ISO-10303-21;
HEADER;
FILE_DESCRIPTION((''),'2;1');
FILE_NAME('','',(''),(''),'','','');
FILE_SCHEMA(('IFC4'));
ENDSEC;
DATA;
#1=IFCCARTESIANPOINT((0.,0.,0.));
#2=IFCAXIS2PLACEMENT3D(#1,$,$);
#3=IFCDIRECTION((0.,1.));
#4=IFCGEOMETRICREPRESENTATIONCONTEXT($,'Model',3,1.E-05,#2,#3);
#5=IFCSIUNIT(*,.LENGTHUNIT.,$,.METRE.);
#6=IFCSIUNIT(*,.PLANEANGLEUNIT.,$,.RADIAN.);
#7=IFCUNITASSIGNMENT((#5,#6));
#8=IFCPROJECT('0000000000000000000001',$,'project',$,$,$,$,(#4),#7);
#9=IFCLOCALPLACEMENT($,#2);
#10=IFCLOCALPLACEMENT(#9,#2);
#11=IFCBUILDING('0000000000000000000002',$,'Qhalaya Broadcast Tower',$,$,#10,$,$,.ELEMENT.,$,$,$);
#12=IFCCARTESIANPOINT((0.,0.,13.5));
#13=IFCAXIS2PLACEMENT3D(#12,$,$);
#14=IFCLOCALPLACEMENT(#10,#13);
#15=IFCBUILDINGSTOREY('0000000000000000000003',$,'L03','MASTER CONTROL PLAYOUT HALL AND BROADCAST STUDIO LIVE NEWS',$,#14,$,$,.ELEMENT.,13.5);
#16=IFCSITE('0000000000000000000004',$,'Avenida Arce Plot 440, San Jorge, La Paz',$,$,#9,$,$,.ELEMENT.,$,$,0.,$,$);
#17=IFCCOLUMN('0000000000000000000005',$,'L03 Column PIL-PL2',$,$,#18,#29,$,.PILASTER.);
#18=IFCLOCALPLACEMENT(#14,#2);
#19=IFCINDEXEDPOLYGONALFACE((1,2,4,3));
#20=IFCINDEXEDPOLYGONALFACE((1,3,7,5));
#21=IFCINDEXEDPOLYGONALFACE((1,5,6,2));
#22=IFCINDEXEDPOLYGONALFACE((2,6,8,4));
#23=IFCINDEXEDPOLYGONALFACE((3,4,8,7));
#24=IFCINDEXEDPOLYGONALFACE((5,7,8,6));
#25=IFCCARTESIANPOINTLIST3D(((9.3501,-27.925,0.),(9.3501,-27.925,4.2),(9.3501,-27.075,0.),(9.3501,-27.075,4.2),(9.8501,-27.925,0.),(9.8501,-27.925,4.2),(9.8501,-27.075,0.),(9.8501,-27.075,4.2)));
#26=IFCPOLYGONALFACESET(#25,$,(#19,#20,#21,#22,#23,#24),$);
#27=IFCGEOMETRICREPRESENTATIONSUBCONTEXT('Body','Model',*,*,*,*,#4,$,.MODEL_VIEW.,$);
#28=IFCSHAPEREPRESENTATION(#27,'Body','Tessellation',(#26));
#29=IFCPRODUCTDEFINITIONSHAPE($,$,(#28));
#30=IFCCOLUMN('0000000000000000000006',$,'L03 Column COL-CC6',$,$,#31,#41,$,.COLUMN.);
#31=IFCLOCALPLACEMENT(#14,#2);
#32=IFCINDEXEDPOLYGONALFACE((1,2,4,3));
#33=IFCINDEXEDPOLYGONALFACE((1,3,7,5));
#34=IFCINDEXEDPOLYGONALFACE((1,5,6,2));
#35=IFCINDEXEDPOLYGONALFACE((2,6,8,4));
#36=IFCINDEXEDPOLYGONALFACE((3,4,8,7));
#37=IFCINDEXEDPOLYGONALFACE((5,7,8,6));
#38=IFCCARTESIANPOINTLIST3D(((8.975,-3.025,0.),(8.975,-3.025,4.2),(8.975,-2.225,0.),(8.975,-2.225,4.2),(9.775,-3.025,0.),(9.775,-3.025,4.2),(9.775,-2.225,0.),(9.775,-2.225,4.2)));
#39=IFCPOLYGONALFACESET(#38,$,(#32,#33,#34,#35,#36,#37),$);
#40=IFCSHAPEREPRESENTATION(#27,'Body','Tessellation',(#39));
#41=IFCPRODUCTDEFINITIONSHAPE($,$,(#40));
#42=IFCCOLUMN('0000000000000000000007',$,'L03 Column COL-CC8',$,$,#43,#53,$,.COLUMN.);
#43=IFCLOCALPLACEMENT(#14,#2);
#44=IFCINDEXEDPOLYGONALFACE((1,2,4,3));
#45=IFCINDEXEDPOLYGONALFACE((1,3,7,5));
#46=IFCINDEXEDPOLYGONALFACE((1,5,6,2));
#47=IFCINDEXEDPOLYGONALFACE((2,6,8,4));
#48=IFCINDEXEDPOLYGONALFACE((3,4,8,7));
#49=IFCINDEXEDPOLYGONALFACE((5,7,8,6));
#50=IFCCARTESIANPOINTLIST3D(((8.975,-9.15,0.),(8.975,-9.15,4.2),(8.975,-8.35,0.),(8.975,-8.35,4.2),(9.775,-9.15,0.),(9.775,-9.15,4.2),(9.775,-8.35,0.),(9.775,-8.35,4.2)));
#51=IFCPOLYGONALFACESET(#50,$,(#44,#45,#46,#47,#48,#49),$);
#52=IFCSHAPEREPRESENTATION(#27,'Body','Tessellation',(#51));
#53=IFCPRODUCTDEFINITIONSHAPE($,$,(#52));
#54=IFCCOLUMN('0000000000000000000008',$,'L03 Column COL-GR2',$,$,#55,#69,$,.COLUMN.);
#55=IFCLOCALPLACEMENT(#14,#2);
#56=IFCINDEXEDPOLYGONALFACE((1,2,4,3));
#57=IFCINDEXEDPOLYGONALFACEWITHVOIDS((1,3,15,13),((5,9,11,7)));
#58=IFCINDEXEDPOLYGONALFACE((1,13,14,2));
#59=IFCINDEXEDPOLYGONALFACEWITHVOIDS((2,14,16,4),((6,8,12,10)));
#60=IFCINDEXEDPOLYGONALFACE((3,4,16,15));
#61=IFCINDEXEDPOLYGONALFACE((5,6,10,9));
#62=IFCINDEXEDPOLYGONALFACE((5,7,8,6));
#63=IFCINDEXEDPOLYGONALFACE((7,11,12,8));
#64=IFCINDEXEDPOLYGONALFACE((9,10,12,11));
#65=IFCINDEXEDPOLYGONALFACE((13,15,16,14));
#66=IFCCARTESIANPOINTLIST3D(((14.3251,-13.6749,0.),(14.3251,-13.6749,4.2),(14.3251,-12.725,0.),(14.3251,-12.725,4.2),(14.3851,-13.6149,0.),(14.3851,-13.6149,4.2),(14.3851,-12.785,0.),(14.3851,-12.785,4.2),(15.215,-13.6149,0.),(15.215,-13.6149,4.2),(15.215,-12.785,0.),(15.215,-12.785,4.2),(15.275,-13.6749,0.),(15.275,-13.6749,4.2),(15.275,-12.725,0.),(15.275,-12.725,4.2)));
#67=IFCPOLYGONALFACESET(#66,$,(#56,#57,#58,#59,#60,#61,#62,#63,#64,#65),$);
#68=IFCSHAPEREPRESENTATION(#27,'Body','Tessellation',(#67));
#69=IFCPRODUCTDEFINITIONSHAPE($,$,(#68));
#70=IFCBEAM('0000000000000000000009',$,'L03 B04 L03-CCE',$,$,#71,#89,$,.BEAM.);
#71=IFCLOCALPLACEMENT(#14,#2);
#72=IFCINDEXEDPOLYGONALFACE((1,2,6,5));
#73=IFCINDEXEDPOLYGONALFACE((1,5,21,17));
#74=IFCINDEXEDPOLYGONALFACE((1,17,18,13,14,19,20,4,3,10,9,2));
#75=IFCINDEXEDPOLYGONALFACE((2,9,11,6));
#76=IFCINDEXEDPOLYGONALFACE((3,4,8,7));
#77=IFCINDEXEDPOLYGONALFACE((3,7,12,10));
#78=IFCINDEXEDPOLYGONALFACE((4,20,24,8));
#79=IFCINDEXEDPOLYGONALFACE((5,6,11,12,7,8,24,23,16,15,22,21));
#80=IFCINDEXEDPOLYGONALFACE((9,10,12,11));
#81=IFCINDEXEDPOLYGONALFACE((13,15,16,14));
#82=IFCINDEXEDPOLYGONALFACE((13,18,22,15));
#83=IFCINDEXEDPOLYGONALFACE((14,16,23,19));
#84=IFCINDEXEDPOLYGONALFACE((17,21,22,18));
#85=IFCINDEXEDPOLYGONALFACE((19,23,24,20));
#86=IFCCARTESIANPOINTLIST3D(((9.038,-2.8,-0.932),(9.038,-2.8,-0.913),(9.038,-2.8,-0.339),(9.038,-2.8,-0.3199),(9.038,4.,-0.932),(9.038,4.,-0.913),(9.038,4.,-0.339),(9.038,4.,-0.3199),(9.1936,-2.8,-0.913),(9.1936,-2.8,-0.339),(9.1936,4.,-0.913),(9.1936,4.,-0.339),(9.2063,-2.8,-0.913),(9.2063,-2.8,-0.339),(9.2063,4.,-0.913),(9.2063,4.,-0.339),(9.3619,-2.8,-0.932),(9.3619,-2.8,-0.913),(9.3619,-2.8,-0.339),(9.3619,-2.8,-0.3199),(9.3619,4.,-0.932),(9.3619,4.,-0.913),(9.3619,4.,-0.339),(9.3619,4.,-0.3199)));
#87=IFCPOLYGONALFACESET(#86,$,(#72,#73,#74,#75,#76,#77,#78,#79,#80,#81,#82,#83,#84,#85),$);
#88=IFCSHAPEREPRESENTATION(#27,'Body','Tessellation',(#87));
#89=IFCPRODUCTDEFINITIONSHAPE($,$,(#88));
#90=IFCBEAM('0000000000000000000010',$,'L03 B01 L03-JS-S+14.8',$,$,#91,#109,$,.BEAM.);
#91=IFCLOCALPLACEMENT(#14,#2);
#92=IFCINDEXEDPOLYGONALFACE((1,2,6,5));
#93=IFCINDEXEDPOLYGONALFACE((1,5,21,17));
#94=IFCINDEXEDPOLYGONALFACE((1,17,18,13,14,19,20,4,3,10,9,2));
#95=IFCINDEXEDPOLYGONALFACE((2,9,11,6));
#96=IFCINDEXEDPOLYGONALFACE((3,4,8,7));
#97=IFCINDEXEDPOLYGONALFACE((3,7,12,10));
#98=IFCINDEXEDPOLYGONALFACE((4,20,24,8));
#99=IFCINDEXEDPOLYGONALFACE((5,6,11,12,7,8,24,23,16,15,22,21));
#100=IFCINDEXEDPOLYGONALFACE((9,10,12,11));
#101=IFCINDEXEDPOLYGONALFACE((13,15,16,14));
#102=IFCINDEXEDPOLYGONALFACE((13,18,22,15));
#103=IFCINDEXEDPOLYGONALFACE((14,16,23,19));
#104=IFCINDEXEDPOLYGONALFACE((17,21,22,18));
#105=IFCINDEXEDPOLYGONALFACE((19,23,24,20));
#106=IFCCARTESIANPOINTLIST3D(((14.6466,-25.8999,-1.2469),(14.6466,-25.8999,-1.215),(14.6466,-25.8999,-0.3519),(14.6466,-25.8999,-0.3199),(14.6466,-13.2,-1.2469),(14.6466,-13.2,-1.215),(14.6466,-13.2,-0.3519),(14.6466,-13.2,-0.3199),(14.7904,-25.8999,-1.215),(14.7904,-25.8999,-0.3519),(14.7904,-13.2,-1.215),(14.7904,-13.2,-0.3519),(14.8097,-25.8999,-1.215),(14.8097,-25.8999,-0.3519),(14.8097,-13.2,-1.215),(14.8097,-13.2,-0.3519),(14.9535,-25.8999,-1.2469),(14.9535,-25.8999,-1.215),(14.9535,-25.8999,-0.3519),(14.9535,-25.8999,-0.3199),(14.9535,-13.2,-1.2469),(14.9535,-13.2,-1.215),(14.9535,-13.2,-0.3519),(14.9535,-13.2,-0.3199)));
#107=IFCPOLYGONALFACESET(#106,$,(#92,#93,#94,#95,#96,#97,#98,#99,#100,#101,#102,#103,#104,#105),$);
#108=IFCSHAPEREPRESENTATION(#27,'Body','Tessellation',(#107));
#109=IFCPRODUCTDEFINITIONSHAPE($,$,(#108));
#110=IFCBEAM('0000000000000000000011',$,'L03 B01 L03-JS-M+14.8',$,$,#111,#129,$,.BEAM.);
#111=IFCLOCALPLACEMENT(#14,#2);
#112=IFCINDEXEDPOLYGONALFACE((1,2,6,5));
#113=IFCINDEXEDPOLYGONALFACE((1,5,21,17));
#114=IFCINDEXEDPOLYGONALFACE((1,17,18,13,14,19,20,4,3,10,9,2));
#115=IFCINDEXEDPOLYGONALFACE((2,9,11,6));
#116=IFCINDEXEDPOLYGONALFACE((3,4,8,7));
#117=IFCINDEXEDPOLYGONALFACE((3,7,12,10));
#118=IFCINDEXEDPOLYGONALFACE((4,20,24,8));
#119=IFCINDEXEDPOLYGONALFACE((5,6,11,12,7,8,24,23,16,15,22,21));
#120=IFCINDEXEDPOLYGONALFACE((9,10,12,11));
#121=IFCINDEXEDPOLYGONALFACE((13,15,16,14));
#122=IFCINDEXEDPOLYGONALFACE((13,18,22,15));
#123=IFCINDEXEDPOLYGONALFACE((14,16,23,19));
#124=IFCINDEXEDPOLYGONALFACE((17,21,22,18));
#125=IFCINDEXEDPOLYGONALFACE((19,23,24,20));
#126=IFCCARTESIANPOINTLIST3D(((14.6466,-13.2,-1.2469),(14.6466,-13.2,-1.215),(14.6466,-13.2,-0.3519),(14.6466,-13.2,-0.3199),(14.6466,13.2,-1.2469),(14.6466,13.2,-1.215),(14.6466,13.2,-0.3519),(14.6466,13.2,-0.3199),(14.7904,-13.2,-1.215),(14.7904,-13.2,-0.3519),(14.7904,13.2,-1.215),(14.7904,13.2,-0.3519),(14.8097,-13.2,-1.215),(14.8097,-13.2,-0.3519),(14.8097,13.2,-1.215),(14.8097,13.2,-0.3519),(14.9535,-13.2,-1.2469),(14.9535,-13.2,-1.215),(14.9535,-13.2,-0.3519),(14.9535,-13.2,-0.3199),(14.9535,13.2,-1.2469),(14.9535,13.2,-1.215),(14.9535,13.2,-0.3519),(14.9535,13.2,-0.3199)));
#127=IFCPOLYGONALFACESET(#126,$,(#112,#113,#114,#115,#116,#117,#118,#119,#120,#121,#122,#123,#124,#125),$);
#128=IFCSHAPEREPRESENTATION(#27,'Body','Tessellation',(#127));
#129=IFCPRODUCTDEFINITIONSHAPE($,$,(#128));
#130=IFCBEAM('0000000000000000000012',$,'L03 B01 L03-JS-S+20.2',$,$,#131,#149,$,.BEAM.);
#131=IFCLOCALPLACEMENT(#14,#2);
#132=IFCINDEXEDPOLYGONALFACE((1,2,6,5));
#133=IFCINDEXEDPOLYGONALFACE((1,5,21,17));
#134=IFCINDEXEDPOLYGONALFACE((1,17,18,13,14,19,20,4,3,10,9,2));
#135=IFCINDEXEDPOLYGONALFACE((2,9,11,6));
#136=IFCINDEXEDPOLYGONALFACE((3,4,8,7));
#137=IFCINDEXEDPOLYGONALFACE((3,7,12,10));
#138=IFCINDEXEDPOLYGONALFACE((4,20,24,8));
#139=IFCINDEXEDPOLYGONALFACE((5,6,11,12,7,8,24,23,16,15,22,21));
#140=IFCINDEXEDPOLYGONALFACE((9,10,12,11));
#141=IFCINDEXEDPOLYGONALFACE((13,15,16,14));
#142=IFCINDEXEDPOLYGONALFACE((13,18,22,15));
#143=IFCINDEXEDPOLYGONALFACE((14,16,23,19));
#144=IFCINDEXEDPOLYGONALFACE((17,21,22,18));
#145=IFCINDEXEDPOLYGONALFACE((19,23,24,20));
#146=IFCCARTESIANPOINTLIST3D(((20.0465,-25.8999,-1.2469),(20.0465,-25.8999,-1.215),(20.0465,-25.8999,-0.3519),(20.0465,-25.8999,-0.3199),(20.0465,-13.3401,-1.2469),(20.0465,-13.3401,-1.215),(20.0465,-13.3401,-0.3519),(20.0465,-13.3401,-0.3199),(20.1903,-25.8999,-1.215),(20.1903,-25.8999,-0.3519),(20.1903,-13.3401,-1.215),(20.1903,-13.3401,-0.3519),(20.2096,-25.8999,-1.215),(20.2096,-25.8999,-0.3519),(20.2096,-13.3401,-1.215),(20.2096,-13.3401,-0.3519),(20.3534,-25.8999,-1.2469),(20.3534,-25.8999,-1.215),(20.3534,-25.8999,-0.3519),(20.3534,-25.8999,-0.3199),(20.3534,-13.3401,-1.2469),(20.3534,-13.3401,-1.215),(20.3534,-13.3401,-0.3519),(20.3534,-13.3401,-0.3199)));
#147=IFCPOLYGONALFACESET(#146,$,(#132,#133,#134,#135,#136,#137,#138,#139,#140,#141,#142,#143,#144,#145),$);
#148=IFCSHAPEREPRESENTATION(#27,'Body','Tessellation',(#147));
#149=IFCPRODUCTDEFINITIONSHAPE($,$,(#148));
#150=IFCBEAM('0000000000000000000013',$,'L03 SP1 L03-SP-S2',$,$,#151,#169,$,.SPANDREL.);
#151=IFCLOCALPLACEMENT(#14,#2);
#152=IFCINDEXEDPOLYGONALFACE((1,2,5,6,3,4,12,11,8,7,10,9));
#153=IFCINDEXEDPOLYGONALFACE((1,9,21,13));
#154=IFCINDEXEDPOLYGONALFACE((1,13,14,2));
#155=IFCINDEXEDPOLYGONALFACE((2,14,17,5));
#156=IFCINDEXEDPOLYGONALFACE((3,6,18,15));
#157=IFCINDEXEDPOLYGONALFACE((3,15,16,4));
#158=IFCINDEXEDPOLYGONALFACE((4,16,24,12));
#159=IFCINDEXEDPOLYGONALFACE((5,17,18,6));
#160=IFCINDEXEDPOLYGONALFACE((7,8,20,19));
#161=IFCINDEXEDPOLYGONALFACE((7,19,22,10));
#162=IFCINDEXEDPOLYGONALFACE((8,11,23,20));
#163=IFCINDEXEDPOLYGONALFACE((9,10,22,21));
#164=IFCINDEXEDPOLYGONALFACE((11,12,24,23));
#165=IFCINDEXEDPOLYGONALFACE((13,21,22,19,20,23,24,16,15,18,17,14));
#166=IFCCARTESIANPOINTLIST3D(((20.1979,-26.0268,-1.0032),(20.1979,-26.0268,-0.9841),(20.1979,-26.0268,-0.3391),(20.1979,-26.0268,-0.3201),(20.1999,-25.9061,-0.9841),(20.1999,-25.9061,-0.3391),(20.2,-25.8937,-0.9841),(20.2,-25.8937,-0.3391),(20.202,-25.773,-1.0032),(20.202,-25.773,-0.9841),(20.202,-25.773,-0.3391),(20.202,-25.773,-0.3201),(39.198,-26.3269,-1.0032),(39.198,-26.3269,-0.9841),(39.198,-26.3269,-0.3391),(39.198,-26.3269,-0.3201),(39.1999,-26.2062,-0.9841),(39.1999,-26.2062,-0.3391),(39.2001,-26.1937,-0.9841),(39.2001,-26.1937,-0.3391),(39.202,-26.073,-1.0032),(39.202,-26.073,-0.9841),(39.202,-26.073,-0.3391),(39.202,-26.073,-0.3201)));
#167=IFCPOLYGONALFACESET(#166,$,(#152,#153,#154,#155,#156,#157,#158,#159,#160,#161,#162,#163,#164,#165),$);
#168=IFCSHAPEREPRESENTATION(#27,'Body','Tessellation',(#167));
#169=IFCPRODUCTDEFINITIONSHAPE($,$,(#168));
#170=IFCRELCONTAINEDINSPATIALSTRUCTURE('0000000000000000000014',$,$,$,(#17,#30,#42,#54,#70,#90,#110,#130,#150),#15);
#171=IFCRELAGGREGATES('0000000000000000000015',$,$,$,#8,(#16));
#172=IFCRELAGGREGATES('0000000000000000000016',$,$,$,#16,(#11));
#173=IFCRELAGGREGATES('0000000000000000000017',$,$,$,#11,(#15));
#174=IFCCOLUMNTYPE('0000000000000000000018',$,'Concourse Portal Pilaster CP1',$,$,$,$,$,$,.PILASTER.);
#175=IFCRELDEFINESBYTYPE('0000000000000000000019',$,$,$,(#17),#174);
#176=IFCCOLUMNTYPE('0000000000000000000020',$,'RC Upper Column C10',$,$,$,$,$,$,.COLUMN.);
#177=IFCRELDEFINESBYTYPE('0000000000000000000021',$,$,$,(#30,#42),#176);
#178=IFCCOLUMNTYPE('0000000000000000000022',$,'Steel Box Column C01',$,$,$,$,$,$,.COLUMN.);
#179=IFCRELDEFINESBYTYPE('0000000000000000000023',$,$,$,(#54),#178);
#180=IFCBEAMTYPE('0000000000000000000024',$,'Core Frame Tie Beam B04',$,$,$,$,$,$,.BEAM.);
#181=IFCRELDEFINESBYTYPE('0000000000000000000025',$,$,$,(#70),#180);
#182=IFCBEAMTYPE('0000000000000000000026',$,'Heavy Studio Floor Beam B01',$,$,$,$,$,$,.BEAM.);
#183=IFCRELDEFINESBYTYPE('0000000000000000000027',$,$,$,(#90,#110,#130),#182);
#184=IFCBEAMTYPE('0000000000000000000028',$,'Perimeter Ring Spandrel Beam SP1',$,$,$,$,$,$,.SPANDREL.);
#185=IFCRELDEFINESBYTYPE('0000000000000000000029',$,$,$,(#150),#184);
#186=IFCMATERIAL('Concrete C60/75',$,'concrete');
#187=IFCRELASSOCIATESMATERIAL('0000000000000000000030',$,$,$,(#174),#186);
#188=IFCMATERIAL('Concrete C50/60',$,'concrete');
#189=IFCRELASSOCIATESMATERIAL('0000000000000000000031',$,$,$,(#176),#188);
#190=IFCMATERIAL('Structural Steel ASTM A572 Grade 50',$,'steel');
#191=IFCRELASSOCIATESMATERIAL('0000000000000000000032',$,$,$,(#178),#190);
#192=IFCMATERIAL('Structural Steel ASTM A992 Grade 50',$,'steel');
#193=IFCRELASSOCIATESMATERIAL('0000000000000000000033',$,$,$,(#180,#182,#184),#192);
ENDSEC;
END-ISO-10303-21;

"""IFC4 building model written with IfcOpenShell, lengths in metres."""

from ifc_helpers import new_model, si_unit, direction, frame, origin, origin_2d, place, context, subcontext, project, spatial, rectangle, hollow_rectangle, i_section, extrude, material, material_profile, profile_set, type_object, element, save


model = new_model("IFC4")

# Units and contexts
model_context = context("Model", 3, precision=1e-05, world=origin(), true_north=direction((0.0, 1.0)))
body_context = subcontext(model_context, "Body", "Model", "MODEL_VIEW")
ifc_project = project(units=[si_unit("LENGTHUNIT", "METRE"), si_unit("PLANEANGLEUNIT", "RADIAN")], contexts=[model_context])

# Site, building, storey
site_placement = place(None, origin())
site = spatial("IfcSite", under=ifc_project, at=site_placement, Name="Avenida Arce Plot 440, San Jorge, La Paz", CompositionType="ELEMENT", RefElevation=0.0)
building_placement = place(site_placement, origin())
building = spatial("IfcBuilding", under=site, at=building_placement, Name="Qhalaya Broadcast Tower", CompositionType="ELEMENT")
storey_placement = place(building_placement, frame((0.0, 0.0, 13.5)))
storey = spatial("IfcBuildingStorey", under=building, at=storey_placement, Name="L03", Description="MASTER CONTROL PLAYOUT HALL AND BROADCAST STUDIO LIVE NEWS", CompositionType="ELEMENT", Elevation=13.5)

# Columns
ifc_material_1 = material(Name="Concrete C60/75", Category="concrete")
ifc_material_profile_1 = material_profile(ifc_material_1, rectangle(XDim=0.5, YDim=0.8501, at=origin_2d()), Name="RC-PIL 500x850")
ifc_profile_set_1 = profile_set([ifc_material_profile_1], Name="Concrete C60/75")
column_type_1 = type_object("IfcColumnType", Name="Concourse Portal Pilaster CP1", PredefinedType="PILASTER", material=ifc_profile_set_1)
column_1_placement = place(storey_placement, frame((9.6001, -27.5, 0.0), z_axis=(0.0, 0.0, 1.0), x_axis=(1.0, 0.0, 0.0)))
element("IfcColumn", 1, at=column_1_placement, inside=storey, type_object=column_type_1, Name="L03 Column PIL-PL2", PredefinedType="PILASTER", context=body_context, shape_type="SweptSolid", body=[
    extrude(rectangle(XDim=0.5, YDim=0.8501, at=origin_2d()), origin(), (0.0, 0.0, 1.0), 4.2),
])
ifc_material_2 = material(Name="Concrete C50/60", Category="concrete")
ifc_material_profile_2 = material_profile(ifc_material_2, rectangle(XDim=0.8, YDim=0.8, at=origin_2d()), Name="RC-COL 800x800")
ifc_profile_set_2 = profile_set([ifc_material_profile_2], Name="Concrete C50/60")
column_type_2 = type_object("IfcColumnType", Name="RC Upper Column C10", PredefinedType="COLUMN", material=ifc_profile_set_2)
for number, where, z_axis, x_axis, name in (
    (2, (9.375, -2.625, 0.0), (0.0, 0.0, 1.0), (1.0, 0.0, 0.0), "L03 Column COL-CC6"),
    (3, (9.375, -8.75, 0.0), (0.0, 0.0, 1.0), (1.0, 0.0, 0.0), "L03 Column COL-CC8"),
):
    element("IfcColumn", number, at=place(storey_placement, frame(where, z_axis=z_axis, x_axis=x_axis)), inside=storey, type_object=column_type_2, Name=name, PredefinedType="COLUMN", context=body_context, shape_type="SweptSolid", body=[
        extrude(rectangle(XDim=0.8, YDim=0.8, at=origin_2d()), origin(), (0.0, 0.0, 1.0), 4.2),
    ])
ifc_material_3 = material(Name="Structural Steel ASTM A572 Grade 50", Category="steel")
ifc_material_profile_3 = material_profile(ifc_material_3, hollow_rectangle(XDim=0.95, YDim=0.95, WallThickness=0.0601, at=origin_2d()), Name="BOX 950x950x60")
ifc_profile_set_3 = profile_set([ifc_material_profile_3], Name="Structural Steel ASTM A572 Grade 50")
column_type_3 = type_object("IfcColumnType", Name="Steel Box Column C01", PredefinedType="COLUMN", material=ifc_profile_set_3)
column_2_placement = place(storey_placement, frame((14.8, -13.2, 0.0), z_axis=(0.0, 0.0, 1.0), x_axis=(1.0, 0.0, 0.0)))
element("IfcColumn", 4, at=column_2_placement, inside=storey, type_object=column_type_3, Name="L03 Column COL-GR2", PredefinedType="COLUMN", context=body_context, shape_type="SweptSolid", body=[
    extrude(hollow_rectangle(XDim=0.95, YDim=0.95, WallThickness=0.0601, at=origin_2d()), origin(), (0.0, 0.0, 1.0), 4.2),
])

# Beams
ifc_material_4 = material(Name="Structural Steel ASTM A992 Grade 50", Category="steel")
ifc_material_profile_4 = material_profile(ifc_material_4, i_section(OverallWidth=0.324, OverallDepth=0.6121, WebThickness=0.0127, FlangeThickness=0.019, at=origin_2d()), Name="W24X104")
ifc_profile_set_4 = profile_set([ifc_material_profile_4], Name="Structural Steel ASTM A992 Grade 50")
beam_type_1 = type_object("IfcBeamType", Name="Core Frame Tie Beam B04", PredefinedType="BEAM", material=ifc_profile_set_4)
beam_1_placement = place(storey_placement, frame((9.2, -2.8, -0.626), z_axis=(0.0, 1.0, 0.0), x_axis=(-1.0, 0.0, 0.0)))
element("IfcBeam", 5, at=beam_1_placement, inside=storey, type_object=beam_type_1, Name="L03 B04 L03-CCE", PredefinedType="BEAM", context=body_context, shape_type="SweptSolid", body=[
    extrude(i_section(OverallWidth=0.324, OverallDepth=0.6121, WebThickness=0.0127, FlangeThickness=0.019, at=origin_2d()), origin(), (0.0, 0.0, 1.0), 6.8),
])
ifc_material_profile_5 = material_profile(ifc_material_4, i_section(OverallWidth=0.3069, OverallDepth=0.927, WebThickness=0.0193, FlangeThickness=0.032, at=origin_2d()), Name="W36X194")
ifc_profile_set_5 = profile_set([ifc_material_profile_5], Name="Structural Steel ASTM A992 Grade 50")
beam_type_2 = type_object("IfcBeamType", Name="Heavy Studio Floor Beam B01", PredefinedType="BEAM", material=ifc_profile_set_5)
beam_2_placement = place(storey_placement, frame((14.8, -25.8999, -0.7834), z_axis=(0.0, 1.0, 0.0), x_axis=(-1.0, 0.0, 0.0)))
element("IfcBeam", 6, at=beam_2_placement, inside=storey, type_object=beam_type_2, Name="L03 B01 L03-JS-S+14.8", PredefinedType="BEAM", context=body_context, shape_type="SweptSolid", body=[
    extrude(i_section(OverallWidth=0.3069, OverallDepth=0.927, WebThickness=0.0193, FlangeThickness=0.032, at=origin_2d()), origin(), (0.0, 0.0, 1.0), 12.7),
])
beam_3_placement = place(storey_placement, frame((14.8, -13.2, -0.7834), z_axis=(0.0, 1.0, 0.0), x_axis=(-1.0, 0.0, 0.0)))
element("IfcBeam", 7, at=beam_3_placement, inside=storey, type_object=beam_type_2, Name="L03 B01 L03-JS-M+14.8", PredefinedType="BEAM", context=body_context, shape_type="SweptSolid", body=[
    extrude(i_section(OverallWidth=0.3069, OverallDepth=0.927, WebThickness=0.0193, FlangeThickness=0.032, at=origin_2d()), origin(), (0.0, 0.0, 1.0), 26.3999),
])
beam_4_placement = place(storey_placement, frame((20.2, -25.8999, -0.7834), z_axis=(0.0, 1.0, 0.0), x_axis=(-1.0, 0.0, 0.0)))
element("IfcBeam", 8, at=beam_4_placement, inside=storey, type_object=beam_type_2, Name="L03 B01 L03-JS-S+20.2", PredefinedType="BEAM", context=body_context, shape_type="SweptSolid", body=[
    extrude(i_section(OverallWidth=0.3069, OverallDepth=0.927, WebThickness=0.0193, FlangeThickness=0.032, at=origin_2d()), origin(), (0.0, 0.0, 1.0), 12.5598),
])
ifc_material_profile_6 = material_profile(ifc_material_4, i_section(OverallWidth=0.2539, OverallDepth=0.6831, WebThickness=0.0125, FlangeThickness=0.019, at=origin_2d()), Name="W27X94")
ifc_profile_set_6 = profile_set([ifc_material_profile_6], Name="Structural Steel ASTM A992 Grade 50")
beam_type_3 = type_object("IfcBeamType", Name="Perimeter Ring Spandrel Beam SP1", PredefinedType="SPANDREL", material=ifc_profile_set_6)
beam_5_placement = place(storey_placement, frame((20.2, -25.8999, -0.6616), z_axis=(0.999875, -0.01579, 0.0), x_axis=(0.01579, 0.999875, 0.0)))
element("IfcBeam", 9, at=beam_5_placement, inside=storey, type_object=beam_type_3, Name="L03 SP1 L03-SP-S2", PredefinedType="SPANDREL", context=body_context, shape_type="SweptSolid", body=[
    extrude(i_section(OverallWidth=0.2539, OverallDepth=0.6831, WebThickness=0.0125, FlangeThickness=0.019, at=origin_2d()), origin(), (0.0, 0.0, 1.0), 19.0024),
])

save(model, "model.ifc")
